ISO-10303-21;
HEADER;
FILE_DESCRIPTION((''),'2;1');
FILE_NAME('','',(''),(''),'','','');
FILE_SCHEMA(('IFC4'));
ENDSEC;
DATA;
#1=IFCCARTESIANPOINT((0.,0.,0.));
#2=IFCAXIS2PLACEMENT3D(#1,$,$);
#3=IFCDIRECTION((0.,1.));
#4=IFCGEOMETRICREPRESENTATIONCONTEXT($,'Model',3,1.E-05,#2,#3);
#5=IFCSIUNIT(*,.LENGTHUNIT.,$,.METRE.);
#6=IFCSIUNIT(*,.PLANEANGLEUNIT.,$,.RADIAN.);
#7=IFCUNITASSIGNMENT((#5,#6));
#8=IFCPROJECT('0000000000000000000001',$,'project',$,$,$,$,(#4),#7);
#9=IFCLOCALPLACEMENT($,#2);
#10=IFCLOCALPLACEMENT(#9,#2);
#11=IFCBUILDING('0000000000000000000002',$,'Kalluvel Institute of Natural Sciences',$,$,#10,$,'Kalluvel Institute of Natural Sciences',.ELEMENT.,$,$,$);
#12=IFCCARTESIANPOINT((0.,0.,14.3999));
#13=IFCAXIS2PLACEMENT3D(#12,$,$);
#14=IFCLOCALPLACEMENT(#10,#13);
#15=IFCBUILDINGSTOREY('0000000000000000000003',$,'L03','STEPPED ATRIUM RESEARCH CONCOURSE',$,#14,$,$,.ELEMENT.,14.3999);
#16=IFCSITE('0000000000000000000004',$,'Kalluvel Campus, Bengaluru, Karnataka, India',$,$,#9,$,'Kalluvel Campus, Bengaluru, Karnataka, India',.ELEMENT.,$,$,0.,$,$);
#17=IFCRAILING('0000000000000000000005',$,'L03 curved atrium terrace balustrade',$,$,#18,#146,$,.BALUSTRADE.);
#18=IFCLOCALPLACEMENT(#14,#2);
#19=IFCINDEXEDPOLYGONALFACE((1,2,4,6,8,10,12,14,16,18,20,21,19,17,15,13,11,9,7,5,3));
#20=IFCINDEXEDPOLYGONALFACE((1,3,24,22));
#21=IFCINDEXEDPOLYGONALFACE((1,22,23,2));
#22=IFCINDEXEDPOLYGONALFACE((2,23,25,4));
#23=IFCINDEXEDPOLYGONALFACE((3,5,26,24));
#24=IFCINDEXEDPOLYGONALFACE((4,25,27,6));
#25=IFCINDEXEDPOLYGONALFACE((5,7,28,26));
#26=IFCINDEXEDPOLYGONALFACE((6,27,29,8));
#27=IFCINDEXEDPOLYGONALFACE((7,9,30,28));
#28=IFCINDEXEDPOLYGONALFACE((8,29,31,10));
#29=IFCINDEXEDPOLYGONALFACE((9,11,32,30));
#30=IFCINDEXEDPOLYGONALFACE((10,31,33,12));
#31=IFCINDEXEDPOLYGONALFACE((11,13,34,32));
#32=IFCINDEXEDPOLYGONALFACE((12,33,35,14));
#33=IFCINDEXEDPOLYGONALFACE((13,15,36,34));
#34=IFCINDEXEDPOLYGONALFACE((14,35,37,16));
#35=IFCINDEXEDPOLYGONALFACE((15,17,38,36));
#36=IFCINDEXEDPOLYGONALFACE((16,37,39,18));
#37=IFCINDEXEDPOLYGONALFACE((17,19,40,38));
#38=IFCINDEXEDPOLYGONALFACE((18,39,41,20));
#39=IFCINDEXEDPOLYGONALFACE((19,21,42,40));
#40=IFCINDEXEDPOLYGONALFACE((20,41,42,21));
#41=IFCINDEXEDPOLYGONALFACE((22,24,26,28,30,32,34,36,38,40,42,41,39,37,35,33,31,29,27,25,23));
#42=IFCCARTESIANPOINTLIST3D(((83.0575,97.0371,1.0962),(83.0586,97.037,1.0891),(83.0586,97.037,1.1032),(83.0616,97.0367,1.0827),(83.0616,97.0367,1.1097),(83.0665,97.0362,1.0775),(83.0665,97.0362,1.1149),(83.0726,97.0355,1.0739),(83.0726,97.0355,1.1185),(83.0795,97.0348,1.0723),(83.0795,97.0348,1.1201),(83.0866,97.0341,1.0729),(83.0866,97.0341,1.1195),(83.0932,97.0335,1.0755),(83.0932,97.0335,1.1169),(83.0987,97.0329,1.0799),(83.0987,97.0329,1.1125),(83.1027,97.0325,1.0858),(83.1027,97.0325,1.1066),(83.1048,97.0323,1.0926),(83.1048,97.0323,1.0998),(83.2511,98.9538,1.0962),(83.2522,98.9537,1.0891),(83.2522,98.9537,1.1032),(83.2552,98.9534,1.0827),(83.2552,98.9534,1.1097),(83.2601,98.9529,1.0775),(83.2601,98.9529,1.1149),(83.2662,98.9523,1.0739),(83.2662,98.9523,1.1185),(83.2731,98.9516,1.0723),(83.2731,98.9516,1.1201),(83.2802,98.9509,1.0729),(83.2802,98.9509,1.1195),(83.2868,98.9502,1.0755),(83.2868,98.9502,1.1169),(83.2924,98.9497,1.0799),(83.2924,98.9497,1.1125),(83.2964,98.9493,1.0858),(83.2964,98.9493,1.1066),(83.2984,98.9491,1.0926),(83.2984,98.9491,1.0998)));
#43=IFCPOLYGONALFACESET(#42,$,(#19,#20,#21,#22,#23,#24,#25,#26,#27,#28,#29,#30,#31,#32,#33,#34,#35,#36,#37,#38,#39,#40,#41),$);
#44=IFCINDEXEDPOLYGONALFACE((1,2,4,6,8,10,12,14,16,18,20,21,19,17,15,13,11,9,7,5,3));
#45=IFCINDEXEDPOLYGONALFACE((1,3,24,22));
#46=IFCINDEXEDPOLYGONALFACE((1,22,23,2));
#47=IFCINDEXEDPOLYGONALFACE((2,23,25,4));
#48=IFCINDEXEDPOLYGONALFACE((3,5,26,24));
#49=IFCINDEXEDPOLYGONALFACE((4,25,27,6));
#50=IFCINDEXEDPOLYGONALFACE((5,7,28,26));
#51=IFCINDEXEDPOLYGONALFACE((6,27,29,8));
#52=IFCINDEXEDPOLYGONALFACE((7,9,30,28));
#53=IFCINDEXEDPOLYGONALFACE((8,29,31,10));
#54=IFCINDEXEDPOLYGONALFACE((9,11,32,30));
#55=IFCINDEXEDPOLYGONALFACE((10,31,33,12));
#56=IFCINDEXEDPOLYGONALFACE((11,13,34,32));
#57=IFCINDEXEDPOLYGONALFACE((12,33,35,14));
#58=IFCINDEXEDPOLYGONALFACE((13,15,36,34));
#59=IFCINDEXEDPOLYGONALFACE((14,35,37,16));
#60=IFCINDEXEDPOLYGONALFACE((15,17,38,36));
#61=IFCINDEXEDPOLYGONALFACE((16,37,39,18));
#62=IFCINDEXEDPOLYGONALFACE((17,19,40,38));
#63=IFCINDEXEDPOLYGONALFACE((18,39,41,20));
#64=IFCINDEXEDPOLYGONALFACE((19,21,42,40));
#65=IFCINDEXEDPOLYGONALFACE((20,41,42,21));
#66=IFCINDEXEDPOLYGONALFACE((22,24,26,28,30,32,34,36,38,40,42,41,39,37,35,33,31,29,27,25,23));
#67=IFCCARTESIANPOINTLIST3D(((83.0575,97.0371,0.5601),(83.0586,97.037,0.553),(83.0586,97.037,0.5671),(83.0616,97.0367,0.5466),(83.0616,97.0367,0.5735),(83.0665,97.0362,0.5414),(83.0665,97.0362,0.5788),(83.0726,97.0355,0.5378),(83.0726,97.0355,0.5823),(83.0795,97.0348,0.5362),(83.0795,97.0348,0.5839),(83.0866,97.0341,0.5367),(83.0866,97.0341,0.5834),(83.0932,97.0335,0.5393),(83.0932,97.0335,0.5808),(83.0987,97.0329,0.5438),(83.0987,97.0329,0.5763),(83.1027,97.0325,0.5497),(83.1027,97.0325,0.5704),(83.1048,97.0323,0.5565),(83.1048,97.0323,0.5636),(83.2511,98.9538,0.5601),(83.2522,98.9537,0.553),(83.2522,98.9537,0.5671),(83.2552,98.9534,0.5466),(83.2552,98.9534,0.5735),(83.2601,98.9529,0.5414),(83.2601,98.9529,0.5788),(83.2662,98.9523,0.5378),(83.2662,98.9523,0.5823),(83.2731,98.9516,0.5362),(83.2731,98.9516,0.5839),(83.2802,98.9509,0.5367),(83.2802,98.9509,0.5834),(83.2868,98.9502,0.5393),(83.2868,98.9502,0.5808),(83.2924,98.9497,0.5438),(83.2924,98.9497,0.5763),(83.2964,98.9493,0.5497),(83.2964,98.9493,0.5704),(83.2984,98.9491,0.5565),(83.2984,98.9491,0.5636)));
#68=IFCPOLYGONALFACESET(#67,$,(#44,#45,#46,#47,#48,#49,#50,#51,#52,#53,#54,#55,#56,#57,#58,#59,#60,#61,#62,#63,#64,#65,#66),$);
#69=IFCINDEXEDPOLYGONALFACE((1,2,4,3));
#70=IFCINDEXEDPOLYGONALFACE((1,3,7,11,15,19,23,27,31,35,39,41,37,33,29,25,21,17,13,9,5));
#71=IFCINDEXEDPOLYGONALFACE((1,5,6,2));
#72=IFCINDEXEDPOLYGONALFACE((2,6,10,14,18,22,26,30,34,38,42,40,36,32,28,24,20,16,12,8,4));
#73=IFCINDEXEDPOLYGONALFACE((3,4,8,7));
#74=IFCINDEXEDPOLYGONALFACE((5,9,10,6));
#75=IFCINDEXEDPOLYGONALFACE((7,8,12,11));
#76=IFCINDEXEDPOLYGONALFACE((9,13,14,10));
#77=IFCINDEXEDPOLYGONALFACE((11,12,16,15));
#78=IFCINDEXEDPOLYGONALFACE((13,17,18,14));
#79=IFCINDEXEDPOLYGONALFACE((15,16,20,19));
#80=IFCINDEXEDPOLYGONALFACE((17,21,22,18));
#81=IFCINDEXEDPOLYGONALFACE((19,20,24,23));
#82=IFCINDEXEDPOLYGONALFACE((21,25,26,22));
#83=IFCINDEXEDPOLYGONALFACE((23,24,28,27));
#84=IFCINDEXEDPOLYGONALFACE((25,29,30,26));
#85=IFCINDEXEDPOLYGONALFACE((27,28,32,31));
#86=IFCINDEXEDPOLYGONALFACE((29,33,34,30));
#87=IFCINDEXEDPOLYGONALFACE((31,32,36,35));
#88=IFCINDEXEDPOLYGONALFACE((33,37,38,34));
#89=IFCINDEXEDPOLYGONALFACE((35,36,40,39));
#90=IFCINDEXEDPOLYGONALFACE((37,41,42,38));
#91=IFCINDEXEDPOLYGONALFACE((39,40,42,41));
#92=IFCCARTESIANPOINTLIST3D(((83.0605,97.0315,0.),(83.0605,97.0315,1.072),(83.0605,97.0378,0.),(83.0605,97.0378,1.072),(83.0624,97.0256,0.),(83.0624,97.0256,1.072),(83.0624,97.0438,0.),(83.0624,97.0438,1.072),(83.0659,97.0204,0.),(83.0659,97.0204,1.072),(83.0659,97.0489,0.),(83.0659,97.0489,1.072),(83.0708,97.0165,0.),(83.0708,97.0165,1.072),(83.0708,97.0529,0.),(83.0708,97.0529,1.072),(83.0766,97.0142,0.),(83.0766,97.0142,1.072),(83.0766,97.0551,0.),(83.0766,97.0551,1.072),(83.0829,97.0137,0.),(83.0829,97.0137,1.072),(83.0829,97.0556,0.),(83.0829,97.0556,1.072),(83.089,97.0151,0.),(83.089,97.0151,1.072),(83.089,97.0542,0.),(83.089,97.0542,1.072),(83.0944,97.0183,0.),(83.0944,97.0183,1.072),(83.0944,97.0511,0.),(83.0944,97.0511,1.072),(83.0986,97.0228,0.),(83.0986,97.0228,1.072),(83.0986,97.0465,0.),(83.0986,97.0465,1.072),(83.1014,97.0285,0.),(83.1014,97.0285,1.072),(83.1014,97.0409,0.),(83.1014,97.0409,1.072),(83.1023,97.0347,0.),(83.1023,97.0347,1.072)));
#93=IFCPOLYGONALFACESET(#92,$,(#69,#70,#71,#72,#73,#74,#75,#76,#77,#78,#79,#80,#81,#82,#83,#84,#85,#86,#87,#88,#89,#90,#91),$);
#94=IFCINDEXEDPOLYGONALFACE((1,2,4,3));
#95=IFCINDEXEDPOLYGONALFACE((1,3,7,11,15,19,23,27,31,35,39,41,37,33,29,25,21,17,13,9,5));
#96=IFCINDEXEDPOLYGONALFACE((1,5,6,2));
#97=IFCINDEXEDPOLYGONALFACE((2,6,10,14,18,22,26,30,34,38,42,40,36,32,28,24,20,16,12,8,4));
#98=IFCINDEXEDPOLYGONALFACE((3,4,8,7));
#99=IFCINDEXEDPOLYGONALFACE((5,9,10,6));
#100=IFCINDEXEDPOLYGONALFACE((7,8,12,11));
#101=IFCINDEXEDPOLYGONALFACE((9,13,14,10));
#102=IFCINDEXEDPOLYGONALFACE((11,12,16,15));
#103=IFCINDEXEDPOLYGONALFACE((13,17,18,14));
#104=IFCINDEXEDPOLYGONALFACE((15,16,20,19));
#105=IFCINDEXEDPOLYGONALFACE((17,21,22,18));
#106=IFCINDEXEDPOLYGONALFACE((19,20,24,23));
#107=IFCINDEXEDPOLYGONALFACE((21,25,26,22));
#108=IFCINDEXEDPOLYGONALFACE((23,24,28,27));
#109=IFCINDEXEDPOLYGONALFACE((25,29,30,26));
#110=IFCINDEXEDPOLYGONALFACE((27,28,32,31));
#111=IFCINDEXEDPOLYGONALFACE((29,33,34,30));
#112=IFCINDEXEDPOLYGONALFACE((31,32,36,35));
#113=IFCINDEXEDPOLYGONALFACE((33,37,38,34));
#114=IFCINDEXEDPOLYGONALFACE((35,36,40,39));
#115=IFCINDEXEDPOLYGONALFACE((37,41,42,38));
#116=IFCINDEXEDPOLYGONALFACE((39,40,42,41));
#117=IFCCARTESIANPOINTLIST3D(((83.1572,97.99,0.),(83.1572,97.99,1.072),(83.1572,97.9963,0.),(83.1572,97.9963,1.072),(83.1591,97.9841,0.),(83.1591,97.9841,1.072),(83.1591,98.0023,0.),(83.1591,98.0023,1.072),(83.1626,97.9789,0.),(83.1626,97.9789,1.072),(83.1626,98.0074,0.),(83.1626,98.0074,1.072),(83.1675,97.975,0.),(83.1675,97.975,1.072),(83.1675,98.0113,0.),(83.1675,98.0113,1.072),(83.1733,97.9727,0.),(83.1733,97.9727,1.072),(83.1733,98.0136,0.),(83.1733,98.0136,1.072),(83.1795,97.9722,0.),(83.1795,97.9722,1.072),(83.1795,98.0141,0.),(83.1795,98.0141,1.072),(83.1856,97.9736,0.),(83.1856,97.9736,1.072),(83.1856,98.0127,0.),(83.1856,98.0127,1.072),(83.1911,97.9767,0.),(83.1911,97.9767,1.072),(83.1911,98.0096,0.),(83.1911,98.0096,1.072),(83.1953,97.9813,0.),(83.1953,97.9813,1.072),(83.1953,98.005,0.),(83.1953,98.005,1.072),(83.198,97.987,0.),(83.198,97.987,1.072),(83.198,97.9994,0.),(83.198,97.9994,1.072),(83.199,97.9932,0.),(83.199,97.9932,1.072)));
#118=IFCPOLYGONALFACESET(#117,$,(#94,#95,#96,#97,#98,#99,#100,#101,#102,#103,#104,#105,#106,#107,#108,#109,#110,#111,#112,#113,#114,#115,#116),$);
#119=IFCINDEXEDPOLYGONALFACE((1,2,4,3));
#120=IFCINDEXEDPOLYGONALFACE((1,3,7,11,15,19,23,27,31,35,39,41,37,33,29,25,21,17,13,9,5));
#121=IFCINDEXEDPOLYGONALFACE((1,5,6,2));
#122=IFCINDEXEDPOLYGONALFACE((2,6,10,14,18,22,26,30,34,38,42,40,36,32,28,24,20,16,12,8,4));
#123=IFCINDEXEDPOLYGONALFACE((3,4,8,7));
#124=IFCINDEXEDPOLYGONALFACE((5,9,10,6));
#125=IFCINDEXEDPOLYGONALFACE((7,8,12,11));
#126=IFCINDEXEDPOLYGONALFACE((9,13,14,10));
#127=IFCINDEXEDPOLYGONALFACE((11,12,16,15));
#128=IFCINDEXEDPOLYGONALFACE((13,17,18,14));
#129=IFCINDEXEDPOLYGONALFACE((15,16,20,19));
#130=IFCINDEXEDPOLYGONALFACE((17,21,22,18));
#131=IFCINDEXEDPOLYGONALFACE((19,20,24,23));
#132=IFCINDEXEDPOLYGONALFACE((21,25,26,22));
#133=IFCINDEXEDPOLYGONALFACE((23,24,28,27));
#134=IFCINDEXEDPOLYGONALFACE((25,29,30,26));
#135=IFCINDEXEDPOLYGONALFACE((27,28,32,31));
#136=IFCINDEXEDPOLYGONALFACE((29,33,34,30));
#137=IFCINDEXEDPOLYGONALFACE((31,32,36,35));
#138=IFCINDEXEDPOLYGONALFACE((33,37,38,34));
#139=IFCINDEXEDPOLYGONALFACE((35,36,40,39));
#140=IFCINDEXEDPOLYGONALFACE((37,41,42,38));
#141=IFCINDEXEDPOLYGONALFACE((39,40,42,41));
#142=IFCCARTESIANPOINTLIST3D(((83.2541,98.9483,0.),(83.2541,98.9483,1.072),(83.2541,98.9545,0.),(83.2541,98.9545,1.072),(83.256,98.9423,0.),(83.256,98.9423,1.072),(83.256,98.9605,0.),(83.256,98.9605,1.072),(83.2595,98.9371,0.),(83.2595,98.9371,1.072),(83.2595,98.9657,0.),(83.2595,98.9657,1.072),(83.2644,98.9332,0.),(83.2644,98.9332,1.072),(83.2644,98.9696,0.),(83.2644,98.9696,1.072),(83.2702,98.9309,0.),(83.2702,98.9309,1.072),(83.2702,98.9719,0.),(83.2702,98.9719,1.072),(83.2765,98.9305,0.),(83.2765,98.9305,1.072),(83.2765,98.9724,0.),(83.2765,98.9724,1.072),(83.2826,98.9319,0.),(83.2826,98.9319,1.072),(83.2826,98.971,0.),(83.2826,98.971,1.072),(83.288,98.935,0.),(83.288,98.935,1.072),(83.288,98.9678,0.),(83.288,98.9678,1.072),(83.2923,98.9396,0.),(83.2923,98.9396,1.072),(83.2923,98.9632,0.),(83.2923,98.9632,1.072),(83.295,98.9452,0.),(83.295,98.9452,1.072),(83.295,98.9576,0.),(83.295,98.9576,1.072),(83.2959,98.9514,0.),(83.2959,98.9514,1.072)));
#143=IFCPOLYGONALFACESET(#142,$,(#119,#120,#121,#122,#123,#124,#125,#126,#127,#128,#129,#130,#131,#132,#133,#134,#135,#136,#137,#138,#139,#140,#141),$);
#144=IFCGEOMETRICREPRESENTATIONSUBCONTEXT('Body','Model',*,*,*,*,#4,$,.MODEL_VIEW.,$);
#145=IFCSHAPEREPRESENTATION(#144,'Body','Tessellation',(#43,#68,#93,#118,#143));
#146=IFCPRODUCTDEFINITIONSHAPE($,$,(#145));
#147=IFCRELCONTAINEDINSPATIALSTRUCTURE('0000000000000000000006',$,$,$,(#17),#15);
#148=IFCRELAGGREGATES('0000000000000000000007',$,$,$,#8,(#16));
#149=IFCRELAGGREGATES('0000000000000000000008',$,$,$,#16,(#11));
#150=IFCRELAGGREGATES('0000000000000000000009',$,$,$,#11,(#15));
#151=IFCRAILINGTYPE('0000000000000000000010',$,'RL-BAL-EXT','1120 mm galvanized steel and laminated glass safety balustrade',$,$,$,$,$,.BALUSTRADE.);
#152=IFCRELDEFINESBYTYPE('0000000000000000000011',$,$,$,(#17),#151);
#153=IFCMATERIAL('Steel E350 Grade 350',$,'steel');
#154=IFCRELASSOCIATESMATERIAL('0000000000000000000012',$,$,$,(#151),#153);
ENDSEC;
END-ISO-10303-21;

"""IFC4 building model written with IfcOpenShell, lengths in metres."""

from ifc_helpers import new_model, si_unit, direction, frame, origin, origin_2d, place, context, subcontext, project, spatial, circle, extrude, material, type_object, element, save


model = new_model("IFC4")

# Units and contexts
model_context = context("Model", 3, precision=1e-05, world=origin(), true_north=direction((0.0, 1.0)))
body_context = subcontext(model_context, "Body", "Model", "MODEL_VIEW")
ifc_project = project(units=[si_unit("LENGTHUNIT", "METRE"), si_unit("PLANEANGLEUNIT", "RADIAN")], contexts=[model_context])

# Site, building, storey
site_placement = place(None, origin())
site = spatial("IfcSite", under=ifc_project, at=site_placement, Name="Kalluvel Campus, Bengaluru, Karnataka, India", LongName="Kalluvel Campus, Bengaluru, Karnataka, India", CompositionType="ELEMENT", RefElevation=0.0)
building_placement = place(site_placement, origin())
building = spatial("IfcBuilding", under=site, at=building_placement, Name="Kalluvel Institute of Natural Sciences", LongName="Kalluvel Institute of Natural Sciences", CompositionType="ELEMENT")
storey_placement = place(building_placement, frame((0.0, 0.0, 14.3999)))
storey = spatial("IfcBuildingStorey", under=building, at=storey_placement, Name="L03", Description="STEPPED ATRIUM RESEARCH CONCOURSE", CompositionType="ELEMENT", Elevation=14.3999)

# Railing
ifc_material_1 = material(Name="Steel E350 Grade 350", Category="steel")
railing_type = type_object("IfcRailingType", Name="RL-BAL-EXT", Description="1120 mm galvanized steel and laminated glass safety balustrade", PredefinedType="BALUSTRADE", material=ifc_material_1)
railing_1_placement = place(storey_placement, frame((83.0813, 97.0347, 0.0)))
element("IfcRailing", 1, at=railing_1_placement, inside=storey, type_object=railing_type, Name="L03 curved atrium terrace balustrade", PredefinedType="BALUSTRADE", context=body_context, shape_type="SweptSolid", body=[
    extrude(circle(Radius=0.0239, at=origin_2d()), frame((0.0, 0.0, 1.0962), z_axis=(0.100495, 0.994938, 0.0), x_axis=(-0.994938, 0.100495, 0.0)), (0.0, 0.0, 1.0), 1.9265),
    extrude(circle(Radius=0.0239, at=origin_2d()), frame((0.0, 0.0, 0.5601), z_axis=(0.100495, 0.994938, 0.0), x_axis=(-0.994938, 0.100495, 0.0)), (0.0, 0.0, 1.0), 1.9265),
    extrude(circle(Radius=0.021, at=origin_2d()), origin(), (0.0, 0.0, 1.0), 1.072),
    extrude(circle(Radius=0.021, at=origin_2d()), frame((0.0967, 0.9585, 0.0)), (0.0, 0.0, 1.0), 1.072),
    extrude(circle(Radius=0.021, at=origin_2d()), frame((0.1936, 1.9167, 0.0)), (0.0, 0.0, 1.0), 1.072),
])

save(model, "model.ifc")
